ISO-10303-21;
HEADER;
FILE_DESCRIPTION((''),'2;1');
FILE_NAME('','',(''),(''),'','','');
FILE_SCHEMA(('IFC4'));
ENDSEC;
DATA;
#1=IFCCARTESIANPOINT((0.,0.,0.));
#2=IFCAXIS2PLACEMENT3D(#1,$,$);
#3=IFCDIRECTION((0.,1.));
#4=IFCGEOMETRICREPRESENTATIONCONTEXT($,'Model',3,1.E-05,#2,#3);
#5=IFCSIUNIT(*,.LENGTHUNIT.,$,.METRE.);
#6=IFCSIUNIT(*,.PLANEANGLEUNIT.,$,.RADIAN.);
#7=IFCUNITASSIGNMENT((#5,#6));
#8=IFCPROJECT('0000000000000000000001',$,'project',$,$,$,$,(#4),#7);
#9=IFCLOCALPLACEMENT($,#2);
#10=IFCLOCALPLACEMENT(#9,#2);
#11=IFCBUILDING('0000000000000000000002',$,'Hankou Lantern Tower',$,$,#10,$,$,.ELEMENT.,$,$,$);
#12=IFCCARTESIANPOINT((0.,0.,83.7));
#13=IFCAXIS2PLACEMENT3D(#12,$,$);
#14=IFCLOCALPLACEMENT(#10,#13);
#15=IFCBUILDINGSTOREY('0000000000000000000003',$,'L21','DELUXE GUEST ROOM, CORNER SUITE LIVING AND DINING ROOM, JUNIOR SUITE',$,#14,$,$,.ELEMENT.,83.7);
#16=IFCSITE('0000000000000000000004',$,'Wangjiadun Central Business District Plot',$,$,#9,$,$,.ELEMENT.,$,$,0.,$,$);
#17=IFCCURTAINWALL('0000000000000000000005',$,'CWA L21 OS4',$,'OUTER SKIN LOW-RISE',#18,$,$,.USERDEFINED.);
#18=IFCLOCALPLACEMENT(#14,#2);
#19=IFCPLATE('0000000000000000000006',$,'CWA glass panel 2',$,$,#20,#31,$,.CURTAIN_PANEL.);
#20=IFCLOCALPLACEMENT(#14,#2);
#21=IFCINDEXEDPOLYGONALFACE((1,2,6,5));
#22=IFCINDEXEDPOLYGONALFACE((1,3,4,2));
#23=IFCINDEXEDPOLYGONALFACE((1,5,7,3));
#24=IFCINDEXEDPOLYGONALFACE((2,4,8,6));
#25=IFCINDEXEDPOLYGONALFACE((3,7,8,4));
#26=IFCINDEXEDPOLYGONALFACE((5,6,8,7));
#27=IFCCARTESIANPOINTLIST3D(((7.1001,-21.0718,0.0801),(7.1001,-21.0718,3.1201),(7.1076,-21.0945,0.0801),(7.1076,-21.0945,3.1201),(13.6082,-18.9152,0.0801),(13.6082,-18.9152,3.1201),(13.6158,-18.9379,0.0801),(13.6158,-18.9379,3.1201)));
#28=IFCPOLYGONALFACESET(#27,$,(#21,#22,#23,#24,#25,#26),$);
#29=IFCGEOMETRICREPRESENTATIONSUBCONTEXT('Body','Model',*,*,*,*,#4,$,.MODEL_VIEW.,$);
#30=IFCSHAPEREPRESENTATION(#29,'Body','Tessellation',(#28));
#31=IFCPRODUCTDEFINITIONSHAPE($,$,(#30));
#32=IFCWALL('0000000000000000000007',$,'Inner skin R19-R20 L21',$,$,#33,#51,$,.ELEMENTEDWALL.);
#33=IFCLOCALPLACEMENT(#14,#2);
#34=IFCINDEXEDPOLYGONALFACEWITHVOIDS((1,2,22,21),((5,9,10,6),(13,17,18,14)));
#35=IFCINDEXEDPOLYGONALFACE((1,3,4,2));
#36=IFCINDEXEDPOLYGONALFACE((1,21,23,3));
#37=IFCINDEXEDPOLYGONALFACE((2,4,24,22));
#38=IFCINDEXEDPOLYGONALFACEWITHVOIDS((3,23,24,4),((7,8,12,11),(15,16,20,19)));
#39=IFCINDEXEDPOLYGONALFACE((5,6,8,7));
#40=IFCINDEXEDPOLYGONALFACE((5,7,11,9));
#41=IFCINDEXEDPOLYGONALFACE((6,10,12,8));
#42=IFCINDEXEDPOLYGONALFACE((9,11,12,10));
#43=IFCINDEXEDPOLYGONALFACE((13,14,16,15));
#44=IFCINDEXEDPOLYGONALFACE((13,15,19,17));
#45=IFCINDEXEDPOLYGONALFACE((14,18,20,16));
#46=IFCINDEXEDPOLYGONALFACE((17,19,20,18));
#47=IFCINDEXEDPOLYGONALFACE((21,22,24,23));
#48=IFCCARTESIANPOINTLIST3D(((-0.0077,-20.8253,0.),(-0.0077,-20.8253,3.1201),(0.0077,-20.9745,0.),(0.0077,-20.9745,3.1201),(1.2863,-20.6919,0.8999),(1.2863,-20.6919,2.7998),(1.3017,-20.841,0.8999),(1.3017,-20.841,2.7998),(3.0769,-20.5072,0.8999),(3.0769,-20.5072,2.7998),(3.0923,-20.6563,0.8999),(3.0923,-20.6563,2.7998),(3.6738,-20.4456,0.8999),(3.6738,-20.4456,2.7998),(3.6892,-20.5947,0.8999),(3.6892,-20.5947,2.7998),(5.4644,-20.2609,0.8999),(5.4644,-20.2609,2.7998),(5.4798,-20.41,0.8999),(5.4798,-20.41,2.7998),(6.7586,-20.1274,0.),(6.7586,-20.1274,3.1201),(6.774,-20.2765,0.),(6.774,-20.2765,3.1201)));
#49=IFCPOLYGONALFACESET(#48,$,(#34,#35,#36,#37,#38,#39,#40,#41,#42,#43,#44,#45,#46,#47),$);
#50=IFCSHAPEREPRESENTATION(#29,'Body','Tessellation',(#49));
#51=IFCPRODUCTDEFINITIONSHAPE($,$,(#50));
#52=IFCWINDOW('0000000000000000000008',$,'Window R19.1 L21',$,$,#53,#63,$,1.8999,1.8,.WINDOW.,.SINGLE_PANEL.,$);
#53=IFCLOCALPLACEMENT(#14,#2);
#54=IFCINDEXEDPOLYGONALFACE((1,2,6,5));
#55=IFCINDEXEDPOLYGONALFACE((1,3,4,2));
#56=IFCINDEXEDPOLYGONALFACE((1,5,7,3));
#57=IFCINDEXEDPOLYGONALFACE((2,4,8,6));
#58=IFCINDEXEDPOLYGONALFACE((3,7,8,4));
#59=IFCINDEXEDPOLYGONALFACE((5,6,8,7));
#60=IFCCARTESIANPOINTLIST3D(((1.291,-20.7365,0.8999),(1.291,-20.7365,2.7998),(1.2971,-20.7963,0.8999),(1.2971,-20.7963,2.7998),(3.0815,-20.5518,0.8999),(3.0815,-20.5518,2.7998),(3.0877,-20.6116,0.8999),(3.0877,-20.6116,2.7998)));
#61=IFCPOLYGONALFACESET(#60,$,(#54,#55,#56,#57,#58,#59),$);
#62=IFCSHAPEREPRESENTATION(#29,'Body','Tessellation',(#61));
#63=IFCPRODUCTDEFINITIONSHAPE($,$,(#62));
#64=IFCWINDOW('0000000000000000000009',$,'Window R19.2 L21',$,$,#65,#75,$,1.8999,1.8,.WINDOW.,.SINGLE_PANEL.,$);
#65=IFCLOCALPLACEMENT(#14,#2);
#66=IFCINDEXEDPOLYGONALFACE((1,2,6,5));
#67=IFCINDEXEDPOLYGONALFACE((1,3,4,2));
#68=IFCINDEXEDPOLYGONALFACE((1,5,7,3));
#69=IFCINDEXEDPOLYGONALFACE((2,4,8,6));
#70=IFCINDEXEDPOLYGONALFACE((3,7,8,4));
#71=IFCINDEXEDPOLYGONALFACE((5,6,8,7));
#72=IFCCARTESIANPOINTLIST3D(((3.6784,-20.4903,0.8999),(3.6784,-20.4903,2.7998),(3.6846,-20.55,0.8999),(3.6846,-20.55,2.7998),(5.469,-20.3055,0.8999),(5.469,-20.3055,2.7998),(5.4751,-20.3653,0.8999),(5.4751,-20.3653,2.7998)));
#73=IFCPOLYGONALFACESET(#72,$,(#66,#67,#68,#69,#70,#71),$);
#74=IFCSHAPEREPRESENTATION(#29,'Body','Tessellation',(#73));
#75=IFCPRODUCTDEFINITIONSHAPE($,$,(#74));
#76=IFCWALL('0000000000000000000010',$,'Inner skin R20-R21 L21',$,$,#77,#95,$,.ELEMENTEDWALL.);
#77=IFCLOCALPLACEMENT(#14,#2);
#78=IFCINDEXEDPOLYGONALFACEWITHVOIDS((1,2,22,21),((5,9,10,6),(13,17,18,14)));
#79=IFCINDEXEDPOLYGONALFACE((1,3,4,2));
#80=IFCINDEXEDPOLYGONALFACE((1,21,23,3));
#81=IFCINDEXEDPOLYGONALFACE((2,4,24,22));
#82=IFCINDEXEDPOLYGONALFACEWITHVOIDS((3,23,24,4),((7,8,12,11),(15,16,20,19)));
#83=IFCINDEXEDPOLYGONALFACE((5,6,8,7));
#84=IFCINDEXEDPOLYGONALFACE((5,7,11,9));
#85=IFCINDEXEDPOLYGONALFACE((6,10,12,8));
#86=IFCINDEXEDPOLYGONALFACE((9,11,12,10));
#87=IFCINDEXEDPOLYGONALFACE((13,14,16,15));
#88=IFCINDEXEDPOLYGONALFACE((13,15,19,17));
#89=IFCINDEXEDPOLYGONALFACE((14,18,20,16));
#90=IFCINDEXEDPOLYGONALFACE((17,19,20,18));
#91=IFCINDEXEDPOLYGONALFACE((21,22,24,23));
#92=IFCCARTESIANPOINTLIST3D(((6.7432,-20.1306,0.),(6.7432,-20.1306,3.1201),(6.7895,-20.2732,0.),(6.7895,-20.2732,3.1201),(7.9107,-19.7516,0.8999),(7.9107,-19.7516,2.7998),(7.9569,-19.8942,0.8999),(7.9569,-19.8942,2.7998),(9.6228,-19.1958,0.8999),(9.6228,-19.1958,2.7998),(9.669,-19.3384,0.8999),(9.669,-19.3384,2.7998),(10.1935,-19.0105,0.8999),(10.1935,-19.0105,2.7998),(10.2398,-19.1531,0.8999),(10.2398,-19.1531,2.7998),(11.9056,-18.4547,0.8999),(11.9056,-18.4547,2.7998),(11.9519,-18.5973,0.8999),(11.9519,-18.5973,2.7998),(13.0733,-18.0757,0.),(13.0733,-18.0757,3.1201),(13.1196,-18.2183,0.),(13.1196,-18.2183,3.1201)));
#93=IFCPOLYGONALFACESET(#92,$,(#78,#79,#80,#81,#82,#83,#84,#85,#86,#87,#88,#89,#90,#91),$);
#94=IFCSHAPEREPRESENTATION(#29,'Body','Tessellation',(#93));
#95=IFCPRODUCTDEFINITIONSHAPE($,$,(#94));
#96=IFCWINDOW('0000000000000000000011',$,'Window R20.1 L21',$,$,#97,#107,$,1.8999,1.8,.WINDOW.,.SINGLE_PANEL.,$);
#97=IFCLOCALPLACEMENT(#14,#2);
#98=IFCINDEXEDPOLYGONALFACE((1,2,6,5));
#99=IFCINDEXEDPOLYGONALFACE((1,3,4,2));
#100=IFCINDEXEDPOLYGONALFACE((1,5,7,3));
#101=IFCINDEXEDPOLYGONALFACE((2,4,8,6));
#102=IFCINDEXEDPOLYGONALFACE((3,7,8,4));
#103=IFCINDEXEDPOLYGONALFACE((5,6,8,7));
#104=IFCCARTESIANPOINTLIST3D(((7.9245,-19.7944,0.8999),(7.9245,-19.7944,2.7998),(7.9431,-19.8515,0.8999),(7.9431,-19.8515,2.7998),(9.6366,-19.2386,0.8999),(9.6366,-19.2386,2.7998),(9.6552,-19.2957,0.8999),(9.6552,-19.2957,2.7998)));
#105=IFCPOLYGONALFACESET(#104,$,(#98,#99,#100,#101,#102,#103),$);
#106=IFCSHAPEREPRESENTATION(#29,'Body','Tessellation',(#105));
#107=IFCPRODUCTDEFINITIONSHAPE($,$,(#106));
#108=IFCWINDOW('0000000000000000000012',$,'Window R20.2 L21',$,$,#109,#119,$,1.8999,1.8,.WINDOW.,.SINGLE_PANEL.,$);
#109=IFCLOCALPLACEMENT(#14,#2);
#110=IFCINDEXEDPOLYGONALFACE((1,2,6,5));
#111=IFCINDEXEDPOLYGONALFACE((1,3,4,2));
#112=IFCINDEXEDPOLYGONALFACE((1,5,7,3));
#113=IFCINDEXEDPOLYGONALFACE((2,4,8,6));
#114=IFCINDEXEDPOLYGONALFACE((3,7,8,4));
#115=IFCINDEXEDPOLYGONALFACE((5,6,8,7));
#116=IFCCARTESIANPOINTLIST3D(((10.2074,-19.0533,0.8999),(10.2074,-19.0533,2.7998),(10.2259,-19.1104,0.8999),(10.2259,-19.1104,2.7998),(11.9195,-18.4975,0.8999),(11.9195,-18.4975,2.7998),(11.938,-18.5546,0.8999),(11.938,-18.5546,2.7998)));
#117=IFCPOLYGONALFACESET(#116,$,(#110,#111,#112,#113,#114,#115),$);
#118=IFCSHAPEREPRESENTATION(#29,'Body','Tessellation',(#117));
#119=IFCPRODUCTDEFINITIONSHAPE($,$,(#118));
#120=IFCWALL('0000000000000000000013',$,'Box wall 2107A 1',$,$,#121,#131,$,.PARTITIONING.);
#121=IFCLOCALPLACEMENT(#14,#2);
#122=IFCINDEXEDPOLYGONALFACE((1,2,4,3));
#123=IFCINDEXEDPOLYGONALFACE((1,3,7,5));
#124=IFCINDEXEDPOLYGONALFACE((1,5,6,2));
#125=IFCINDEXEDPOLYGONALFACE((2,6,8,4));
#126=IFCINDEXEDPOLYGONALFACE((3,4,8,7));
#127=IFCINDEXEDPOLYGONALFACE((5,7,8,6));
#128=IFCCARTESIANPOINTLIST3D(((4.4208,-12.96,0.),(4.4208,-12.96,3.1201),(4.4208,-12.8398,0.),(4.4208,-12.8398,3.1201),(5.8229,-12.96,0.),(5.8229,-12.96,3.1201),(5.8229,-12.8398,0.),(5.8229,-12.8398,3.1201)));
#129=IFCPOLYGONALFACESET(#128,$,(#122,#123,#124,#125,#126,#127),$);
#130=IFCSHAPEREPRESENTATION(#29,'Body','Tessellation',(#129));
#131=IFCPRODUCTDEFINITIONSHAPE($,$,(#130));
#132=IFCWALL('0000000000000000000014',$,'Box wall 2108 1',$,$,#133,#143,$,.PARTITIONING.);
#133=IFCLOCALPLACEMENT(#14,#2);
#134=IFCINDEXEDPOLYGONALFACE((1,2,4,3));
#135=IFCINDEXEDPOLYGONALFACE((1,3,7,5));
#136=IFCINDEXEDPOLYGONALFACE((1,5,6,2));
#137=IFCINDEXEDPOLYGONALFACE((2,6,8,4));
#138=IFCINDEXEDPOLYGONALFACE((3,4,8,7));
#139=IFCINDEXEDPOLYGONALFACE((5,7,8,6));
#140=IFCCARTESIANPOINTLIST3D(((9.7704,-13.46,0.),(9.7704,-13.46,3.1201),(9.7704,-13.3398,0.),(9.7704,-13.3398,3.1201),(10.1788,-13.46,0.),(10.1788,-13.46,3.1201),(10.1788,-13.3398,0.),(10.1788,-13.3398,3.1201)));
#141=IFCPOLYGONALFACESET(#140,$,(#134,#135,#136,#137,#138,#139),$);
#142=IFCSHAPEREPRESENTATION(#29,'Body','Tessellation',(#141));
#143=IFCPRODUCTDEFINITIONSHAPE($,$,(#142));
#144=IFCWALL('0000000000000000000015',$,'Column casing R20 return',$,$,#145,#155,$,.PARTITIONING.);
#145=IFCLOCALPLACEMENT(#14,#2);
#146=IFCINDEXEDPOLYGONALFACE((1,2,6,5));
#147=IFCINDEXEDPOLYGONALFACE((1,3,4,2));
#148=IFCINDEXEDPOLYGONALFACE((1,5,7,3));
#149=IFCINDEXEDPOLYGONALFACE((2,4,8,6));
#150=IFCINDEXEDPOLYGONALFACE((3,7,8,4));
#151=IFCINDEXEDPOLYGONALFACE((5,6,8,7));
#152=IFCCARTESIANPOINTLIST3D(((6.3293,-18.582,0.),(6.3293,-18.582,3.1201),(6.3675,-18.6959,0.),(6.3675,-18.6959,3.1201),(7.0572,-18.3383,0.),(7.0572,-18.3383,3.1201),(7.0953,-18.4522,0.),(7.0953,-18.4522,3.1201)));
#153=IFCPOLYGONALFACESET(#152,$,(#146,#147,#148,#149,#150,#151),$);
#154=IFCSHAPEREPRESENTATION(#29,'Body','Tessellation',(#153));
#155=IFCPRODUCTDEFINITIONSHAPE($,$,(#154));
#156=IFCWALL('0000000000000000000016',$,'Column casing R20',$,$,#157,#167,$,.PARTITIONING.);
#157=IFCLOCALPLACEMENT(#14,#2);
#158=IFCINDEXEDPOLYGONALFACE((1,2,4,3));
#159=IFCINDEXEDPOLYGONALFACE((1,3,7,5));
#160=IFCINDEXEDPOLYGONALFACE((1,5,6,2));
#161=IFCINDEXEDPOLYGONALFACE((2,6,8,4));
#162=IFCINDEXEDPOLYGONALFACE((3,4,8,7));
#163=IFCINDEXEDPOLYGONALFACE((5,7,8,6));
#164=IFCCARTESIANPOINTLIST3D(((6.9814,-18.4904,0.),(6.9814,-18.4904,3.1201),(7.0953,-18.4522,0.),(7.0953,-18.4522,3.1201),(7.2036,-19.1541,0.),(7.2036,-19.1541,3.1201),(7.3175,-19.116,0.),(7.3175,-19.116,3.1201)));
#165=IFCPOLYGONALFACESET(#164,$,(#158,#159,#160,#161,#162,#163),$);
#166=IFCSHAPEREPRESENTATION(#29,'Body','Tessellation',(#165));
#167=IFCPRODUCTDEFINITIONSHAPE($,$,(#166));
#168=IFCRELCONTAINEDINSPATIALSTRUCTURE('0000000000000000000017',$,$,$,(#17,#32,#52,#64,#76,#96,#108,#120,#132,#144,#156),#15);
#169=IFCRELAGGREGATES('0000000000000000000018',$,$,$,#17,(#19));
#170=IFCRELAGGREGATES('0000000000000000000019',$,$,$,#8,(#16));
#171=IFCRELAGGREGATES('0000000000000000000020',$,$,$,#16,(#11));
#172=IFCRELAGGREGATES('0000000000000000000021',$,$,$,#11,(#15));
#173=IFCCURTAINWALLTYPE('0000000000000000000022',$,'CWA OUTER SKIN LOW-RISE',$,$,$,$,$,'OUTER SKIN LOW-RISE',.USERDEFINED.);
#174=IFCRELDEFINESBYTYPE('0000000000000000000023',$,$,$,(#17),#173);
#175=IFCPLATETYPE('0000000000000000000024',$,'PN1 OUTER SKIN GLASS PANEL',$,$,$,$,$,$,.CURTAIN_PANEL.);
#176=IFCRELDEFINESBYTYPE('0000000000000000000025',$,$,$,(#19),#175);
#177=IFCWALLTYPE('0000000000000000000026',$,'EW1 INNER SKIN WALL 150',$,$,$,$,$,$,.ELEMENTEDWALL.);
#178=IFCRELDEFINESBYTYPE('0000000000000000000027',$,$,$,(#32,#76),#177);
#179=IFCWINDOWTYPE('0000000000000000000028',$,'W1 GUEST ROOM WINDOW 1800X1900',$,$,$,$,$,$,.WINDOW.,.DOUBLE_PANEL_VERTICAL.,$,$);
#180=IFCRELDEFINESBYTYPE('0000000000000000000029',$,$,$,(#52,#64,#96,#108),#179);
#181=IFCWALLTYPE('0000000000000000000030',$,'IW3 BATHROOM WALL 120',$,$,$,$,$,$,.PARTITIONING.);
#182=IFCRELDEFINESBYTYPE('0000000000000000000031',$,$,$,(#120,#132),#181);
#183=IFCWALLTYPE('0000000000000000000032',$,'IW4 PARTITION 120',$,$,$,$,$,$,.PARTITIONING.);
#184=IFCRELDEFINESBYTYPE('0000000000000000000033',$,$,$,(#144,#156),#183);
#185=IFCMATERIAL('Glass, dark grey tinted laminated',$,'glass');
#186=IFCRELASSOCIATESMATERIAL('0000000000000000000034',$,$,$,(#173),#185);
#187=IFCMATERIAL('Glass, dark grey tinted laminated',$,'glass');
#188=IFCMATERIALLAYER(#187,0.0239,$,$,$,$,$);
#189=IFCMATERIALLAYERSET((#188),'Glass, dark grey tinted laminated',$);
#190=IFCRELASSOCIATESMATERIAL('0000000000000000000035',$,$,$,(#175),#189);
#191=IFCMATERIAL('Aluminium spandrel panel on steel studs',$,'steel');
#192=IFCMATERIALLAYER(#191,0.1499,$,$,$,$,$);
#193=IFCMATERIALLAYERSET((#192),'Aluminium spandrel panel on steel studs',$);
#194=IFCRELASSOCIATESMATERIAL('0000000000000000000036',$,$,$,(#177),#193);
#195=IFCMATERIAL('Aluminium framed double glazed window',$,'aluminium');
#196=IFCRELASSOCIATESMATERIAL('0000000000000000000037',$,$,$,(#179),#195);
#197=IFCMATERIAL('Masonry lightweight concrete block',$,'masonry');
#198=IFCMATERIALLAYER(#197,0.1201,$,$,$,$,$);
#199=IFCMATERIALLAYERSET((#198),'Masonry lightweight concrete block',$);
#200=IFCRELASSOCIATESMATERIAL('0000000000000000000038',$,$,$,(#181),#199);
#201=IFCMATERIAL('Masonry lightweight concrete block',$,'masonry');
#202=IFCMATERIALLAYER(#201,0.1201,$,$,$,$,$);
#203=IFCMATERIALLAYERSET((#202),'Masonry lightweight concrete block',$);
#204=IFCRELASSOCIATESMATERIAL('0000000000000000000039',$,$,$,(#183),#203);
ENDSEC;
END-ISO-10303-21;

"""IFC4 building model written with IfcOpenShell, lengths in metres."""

from ifc_helpers import new_model, si_unit, direction, frame, frame_2d, origin, origin_2d, place, context, subcontext, project, spatial, rectangle, extrude, material, layer, layer_set, type_object, element, fill, aggregate, save


model = new_model("IFC4")

# Units and contexts
model_context = context("Model", 3, precision=1e-05, world=origin(), true_north=direction((0.0, 1.0)))
body_context = subcontext(model_context, "Body", "Model", "MODEL_VIEW")
ifc_project = project(units=[si_unit("LENGTHUNIT", "METRE"), si_unit("PLANEANGLEUNIT", "RADIAN")], contexts=[model_context])

# Site, building, storey
site_placement = place(None, origin())
site = spatial("IfcSite", under=ifc_project, at=site_placement, Name="Wangjiadun Central Business District Plot", CompositionType="ELEMENT", RefElevation=0.0)
building_placement = place(site_placement, origin())
building = spatial("IfcBuilding", under=site, at=building_placement, Name="Hankou Lantern Tower", CompositionType="ELEMENT")
storey_placement = place(building_placement, frame((0.0, 0.0, 83.7)))
storey = spatial("IfcBuildingStorey", under=building, at=storey_placement, Name="L21", Description="DELUXE GUEST ROOM, CORNER SUITE LIVING AND DINING ROOM, JUNIOR SUITE", CompositionType="ELEMENT", Elevation=83.7)

# Curtain wall
ifc_material_1 = material(Name="Glass, dark grey tinted laminated", Category="glass")
curtain_wall_type = type_object("IfcCurtainWallType", Name="CWA OUTER SKIN LOW-RISE", ElementType="OUTER SKIN LOW-RISE", PredefinedType="USERDEFINED", material=ifc_material_1)
curtain_wall_placement = place(storey_placement, origin())
curtain_wall = element("IfcCurtainWall", 1, at=curtain_wall_placement, inside=storey, type_object=curtain_wall_type, Name="CWA L21 OS4", ObjectType="OUTER SKIN LOW-RISE", PredefinedType="USERDEFINED")

# Plate
ifc_material_2 = material(Name="Glass, dark grey tinted laminated", Category="glass")
ifc_layer_1 = layer(ifc_material_2, 0.0239)
ifc_layer_set_1 = layer_set([ifc_layer_1], Name="Glass, dark grey tinted laminated")
plate_type = type_object("IfcPlateType", Name="PN1 OUTER SKIN GLASS PANEL", PredefinedType="CURTAIN_PANEL", material=ifc_layer_set_1)
plate_1_placement = place(storey_placement, frame((10.3579, -20.0049, 0.0801), z_axis=(0.0, 0.0, 1.0), x_axis=(0.949241, 0.314551, 0.0)))
plate_1 = element("IfcPlate", 2, at=plate_1_placement, type_object=plate_type, Name="CWA glass panel 2", PredefinedType="CURTAIN_PANEL", context=body_context, shape_type="SweptSolid", body=[
    extrude(rectangle(XDim=6.8562, YDim=0.0239, at=origin_2d()), origin(), (0.0, 0.0, 1.0), 3.04),
])
aggregate(curtain_wall, [plate_1])

# Walls, openings, windows
ifc_material_3 = material(Name="Aluminium spandrel panel on steel studs", Category="steel")
ifc_layer_2 = layer(ifc_material_3, 0.1499)
ifc_layer_set_2 = layer_set([ifc_layer_2], Name="Aluminium spandrel panel on steel studs")
wall_type_1 = type_object("IfcWallType", Name="EW1 INNER SKIN WALL 150", PredefinedType="ELEMENTEDWALL", material=ifc_layer_set_2)
wall_1_placement = place(storey_placement, frame((0.0, -20.8999, 0.0), z_axis=(0.0, 0.0, 1.0), x_axis=(0.994721, 0.102613, 0.0)))
wall_1 = element("IfcWall", 3, at=wall_1_placement, inside=storey, type_object=wall_type_1, Name="Inner skin R19-R20 L21", PredefinedType="ELEMENTEDWALL", context=body_context, shape_type="SweptSolid", body=[
    extrude(rectangle(XDim=6.8022, YDim=0.1499, at=frame_2d((3.4011, 0.0))), origin(), (0.0, 0.0, 1.0), 3.1201),
])
opening_1_placement = place(wall_1_placement, frame((1.301, 0.0, 0.8999)))
opening_1 = element("IfcOpeningElement", 4, at=opening_1_placement, cuts=wall_1, PredefinedType="OPENING", context=body_context, shape_type="SweptSolid", body=[
    extrude(rectangle(XDim=1.8, YDim=1.8999, at=frame_2d((0.8999, 0.95))), frame((0.0, 0.085, 0.0), z_axis=(0.0, -1.0, 0.0), x_axis=(1.0, 0.0, 0.0)), (0.0, 0.0, 1.0), 0.1699),
])
opening_2_placement = place(wall_1_placement, frame((3.7012, 0.0, 0.8999)))
opening_2 = element("IfcOpeningElement", 5, at=opening_2_placement, cuts=wall_1, PredefinedType="OPENING", context=body_context, shape_type="SweptSolid", body=[
    extrude(rectangle(XDim=1.8, YDim=1.8999, at=frame_2d((0.8999, 0.95))), frame((0.0, 0.085, 0.0), z_axis=(0.0, -1.0, 0.0), x_axis=(1.0, 0.0, 0.0)), (0.0, 0.0, 1.0), 0.1699),
])
ifc_material_4 = material(Name="Aluminium framed double glazed window", Category="aluminium")
window_type = type_object("IfcWindowType", Name="W1 GUEST ROOM WINDOW 1800X1900", PartitioningType="DOUBLE_PANEL_VERTICAL", PredefinedType="WINDOW", material=ifc_material_4)
window_1_placement = place(opening_1_placement, origin())
window_1 = element("IfcWindow", 6, at=window_1_placement, inside=storey, type_object=window_type, Name="Window R19.1 L21", OverallHeight=1.8999, OverallWidth=1.8, PartitioningType="SINGLE_PANEL", PredefinedType="WINDOW", context=body_context, shape_type="SweptSolid", body=[
    extrude(rectangle(XDim=1.8, YDim=1.8999, at=frame_2d((0.8999, 0.95))), frame((0.0, 0.03, 0.0), z_axis=(0.0, -1.0, 0.0), x_axis=(1.0, 0.0, 0.0)), (0.0, 0.0, 1.0), 0.0601),
])
fill(opening_1, window_1)
window_2_placement = place(opening_2_placement, origin())
window_2 = element("IfcWindow", 7, at=window_2_placement, inside=storey, type_object=window_type, Name="Window R19.2 L21", OverallHeight=1.8999, OverallWidth=1.8, PartitioningType="SINGLE_PANEL", PredefinedType="WINDOW", context=body_context, shape_type="SweptSolid", body=[
    extrude(rectangle(XDim=1.8, YDim=1.8999, at=frame_2d((0.8999, 0.95))), frame((0.0, 0.03, 0.0), z_axis=(0.0, -1.0, 0.0), x_axis=(1.0, 0.0, 0.0)), (0.0, 0.0, 1.0), 0.0601),
])
fill(opening_2, window_2)
wall_2_placement = place(storey_placement, frame((6.7664, -20.2019, 0.0), z_axis=(0.0, 0.0, 1.0), x_axis=(0.951138, 0.308768, 0.0)))
wall_2 = element("IfcWall", 8, at=wall_2_placement, inside=storey, type_object=wall_type_1, Name="Inner skin R20-R21 L21", PredefinedType="ELEMENTEDWALL", context=body_context, shape_type="SweptSolid", body=[
    extrude(rectangle(XDim=6.6553, YDim=0.1499, at=frame_2d((3.3276, 0.0))), origin(), (0.0, 0.0, 1.0), 3.1201),
])
opening_3_placement = place(wall_2_placement, frame((1.2275, 0.0, 0.8999)))
opening_3 = element("IfcOpeningElement", 9, at=opening_3_placement, cuts=wall_2, PredefinedType="OPENING", context=body_context, shape_type="SweptSolid", body=[
    extrude(rectangle(XDim=1.8, YDim=1.8999, at=frame_2d((0.8999, 0.95))), frame((0.0, 0.085, 0.0), z_axis=(0.0, -1.0, 0.0), x_axis=(1.0, 0.0, 0.0)), (0.0, 0.0, 1.0), 0.1699),
])
opening_4_placement = place(wall_2_placement, frame((3.6277, 0.0, 0.8999)))
opening_4 = element("IfcOpeningElement", 10, at=opening_4_placement, cuts=wall_2, PredefinedType="OPENING", context=body_context, shape_type="SweptSolid", body=[
    extrude(rectangle(XDim=1.8, YDim=1.8999, at=frame_2d((0.8999, 0.95))), frame((0.0, 0.085, 0.0), z_axis=(0.0, -1.0, 0.0), x_axis=(1.0, 0.0, 0.0)), (0.0, 0.0, 1.0), 0.1699),
])
window_3_placement = place(opening_3_placement, origin())
window_3 = element("IfcWindow", 11, at=window_3_placement, inside=storey, type_object=window_type, Name="Window R20.1 L21", OverallHeight=1.8999, OverallWidth=1.8, PartitioningType="SINGLE_PANEL", PredefinedType="WINDOW", context=body_context, shape_type="SweptSolid", body=[
    extrude(rectangle(XDim=1.8, YDim=1.8999, at=frame_2d((0.8999, 0.95))), frame((0.0, 0.03, 0.0), z_axis=(0.0, -1.0, 0.0), x_axis=(1.0, 0.0, 0.0)), (0.0, 0.0, 1.0), 0.0601),
])
fill(opening_3, window_3)
window_4_placement = place(opening_4_placement, origin())
window_4 = element("IfcWindow", 12, at=window_4_placement, inside=storey, type_object=window_type, Name="Window R20.2 L21", OverallHeight=1.8999, OverallWidth=1.8, PartitioningType="SINGLE_PANEL", PredefinedType="WINDOW", context=body_context, shape_type="SweptSolid", body=[
    extrude(rectangle(XDim=1.8, YDim=1.8999, at=frame_2d((0.8999, 0.95))), frame((0.0, 0.03, 0.0), z_axis=(0.0, -1.0, 0.0), x_axis=(1.0, 0.0, 0.0)), (0.0, 0.0, 1.0), 0.0601),
])
fill(opening_4, window_4)

# Walls
ifc_material_5 = material(Name="Masonry lightweight concrete block", Category="masonry")
ifc_layer_3 = layer(ifc_material_5, 0.1201)
ifc_layer_set_3 = layer_set([ifc_layer_3], Name="Masonry lightweight concrete block")
wall_type_2 = type_object("IfcWallType", Name="IW3 BATHROOM WALL 120", PredefinedType="PARTITIONING", material=ifc_layer_set_3)
wall_3_placement = place(storey_placement, frame((4.4207, -12.8999, 0.0), z_axis=(0.0, 0.0, 1.0), x_axis=(1.0, 0.0, 0.0)))
element("IfcWall", 13, at=wall_3_placement, inside=storey, type_object=wall_type_2, Name="Box wall 2107A 1", PredefinedType="PARTITIONING", context=body_context, shape_type="SweptSolid", body=[
    extrude(rectangle(XDim=1.4021, YDim=0.1201, at=frame_2d((0.7012, 0.0))), origin(), (0.0, 0.0, 1.0), 3.1201),
])
wall_4_placement = place(storey_placement, frame((9.7705, -13.3999, 0.0), z_axis=(0.0, 0.0, 1.0), x_axis=(1.0, 0.0, 0.0)))
element("IfcWall", 14, at=wall_4_placement, inside=storey, type_object=wall_type_2, Name="Box wall 2108 1", PredefinedType="PARTITIONING", context=body_context, shape_type="SweptSolid", body=[
    extrude(rectangle(XDim=0.4084, YDim=0.1201, at=frame_2d((0.2041, 0.0))), origin(), (0.0, 0.0, 1.0), 3.1201),
])
ifc_material_6 = material(Name="Masonry lightweight concrete block", Category="masonry")
ifc_layer_4 = layer(ifc_material_6, 0.1201)
ifc_layer_set_4 = layer_set([ifc_layer_4], Name="Masonry lightweight concrete block")
wall_type_3 = type_object("IfcWallType", Name="IW4 PARTITION 120", PredefinedType="PARTITIONING", material=ifc_layer_set_4)
wall_5_placement = place(storey_placement, frame((6.3484, -18.6389, 0.0), z_axis=(0.0, 0.0, 1.0), x_axis=(0.948269, 0.317468, 0.0)))
element("IfcWall", 15, at=wall_5_placement, inside=storey, type_object=wall_type_3, Name="Column casing R20 return", PredefinedType="PARTITIONING", context=body_context, shape_type="SweptSolid", body=[
    extrude(rectangle(XDim=0.7676, YDim=0.1201, at=frame_2d((0.3838, 0.0))), origin(), (0.0, 0.0, 1.0), 3.1201),
])
wall_6_placement = place(storey_placement, frame((7.0383, -18.4712, 0.0), z_axis=(0.0, 0.0, 1.0), x_axis=(0.317378, -0.948299, 0.0)))
element("IfcWall", 16, at=wall_6_placement, inside=storey, type_object=wall_type_3, Name="Column casing R20", PredefinedType="PARTITIONING", context=body_context, shape_type="SweptSolid", body=[
    extrude(rectangle(XDim=0.7, YDim=0.1201, at=frame_2d((0.3501, 0.0))), origin(), (0.0, 0.0, 1.0), 3.1201),
])

save(model, "model.ifc")
